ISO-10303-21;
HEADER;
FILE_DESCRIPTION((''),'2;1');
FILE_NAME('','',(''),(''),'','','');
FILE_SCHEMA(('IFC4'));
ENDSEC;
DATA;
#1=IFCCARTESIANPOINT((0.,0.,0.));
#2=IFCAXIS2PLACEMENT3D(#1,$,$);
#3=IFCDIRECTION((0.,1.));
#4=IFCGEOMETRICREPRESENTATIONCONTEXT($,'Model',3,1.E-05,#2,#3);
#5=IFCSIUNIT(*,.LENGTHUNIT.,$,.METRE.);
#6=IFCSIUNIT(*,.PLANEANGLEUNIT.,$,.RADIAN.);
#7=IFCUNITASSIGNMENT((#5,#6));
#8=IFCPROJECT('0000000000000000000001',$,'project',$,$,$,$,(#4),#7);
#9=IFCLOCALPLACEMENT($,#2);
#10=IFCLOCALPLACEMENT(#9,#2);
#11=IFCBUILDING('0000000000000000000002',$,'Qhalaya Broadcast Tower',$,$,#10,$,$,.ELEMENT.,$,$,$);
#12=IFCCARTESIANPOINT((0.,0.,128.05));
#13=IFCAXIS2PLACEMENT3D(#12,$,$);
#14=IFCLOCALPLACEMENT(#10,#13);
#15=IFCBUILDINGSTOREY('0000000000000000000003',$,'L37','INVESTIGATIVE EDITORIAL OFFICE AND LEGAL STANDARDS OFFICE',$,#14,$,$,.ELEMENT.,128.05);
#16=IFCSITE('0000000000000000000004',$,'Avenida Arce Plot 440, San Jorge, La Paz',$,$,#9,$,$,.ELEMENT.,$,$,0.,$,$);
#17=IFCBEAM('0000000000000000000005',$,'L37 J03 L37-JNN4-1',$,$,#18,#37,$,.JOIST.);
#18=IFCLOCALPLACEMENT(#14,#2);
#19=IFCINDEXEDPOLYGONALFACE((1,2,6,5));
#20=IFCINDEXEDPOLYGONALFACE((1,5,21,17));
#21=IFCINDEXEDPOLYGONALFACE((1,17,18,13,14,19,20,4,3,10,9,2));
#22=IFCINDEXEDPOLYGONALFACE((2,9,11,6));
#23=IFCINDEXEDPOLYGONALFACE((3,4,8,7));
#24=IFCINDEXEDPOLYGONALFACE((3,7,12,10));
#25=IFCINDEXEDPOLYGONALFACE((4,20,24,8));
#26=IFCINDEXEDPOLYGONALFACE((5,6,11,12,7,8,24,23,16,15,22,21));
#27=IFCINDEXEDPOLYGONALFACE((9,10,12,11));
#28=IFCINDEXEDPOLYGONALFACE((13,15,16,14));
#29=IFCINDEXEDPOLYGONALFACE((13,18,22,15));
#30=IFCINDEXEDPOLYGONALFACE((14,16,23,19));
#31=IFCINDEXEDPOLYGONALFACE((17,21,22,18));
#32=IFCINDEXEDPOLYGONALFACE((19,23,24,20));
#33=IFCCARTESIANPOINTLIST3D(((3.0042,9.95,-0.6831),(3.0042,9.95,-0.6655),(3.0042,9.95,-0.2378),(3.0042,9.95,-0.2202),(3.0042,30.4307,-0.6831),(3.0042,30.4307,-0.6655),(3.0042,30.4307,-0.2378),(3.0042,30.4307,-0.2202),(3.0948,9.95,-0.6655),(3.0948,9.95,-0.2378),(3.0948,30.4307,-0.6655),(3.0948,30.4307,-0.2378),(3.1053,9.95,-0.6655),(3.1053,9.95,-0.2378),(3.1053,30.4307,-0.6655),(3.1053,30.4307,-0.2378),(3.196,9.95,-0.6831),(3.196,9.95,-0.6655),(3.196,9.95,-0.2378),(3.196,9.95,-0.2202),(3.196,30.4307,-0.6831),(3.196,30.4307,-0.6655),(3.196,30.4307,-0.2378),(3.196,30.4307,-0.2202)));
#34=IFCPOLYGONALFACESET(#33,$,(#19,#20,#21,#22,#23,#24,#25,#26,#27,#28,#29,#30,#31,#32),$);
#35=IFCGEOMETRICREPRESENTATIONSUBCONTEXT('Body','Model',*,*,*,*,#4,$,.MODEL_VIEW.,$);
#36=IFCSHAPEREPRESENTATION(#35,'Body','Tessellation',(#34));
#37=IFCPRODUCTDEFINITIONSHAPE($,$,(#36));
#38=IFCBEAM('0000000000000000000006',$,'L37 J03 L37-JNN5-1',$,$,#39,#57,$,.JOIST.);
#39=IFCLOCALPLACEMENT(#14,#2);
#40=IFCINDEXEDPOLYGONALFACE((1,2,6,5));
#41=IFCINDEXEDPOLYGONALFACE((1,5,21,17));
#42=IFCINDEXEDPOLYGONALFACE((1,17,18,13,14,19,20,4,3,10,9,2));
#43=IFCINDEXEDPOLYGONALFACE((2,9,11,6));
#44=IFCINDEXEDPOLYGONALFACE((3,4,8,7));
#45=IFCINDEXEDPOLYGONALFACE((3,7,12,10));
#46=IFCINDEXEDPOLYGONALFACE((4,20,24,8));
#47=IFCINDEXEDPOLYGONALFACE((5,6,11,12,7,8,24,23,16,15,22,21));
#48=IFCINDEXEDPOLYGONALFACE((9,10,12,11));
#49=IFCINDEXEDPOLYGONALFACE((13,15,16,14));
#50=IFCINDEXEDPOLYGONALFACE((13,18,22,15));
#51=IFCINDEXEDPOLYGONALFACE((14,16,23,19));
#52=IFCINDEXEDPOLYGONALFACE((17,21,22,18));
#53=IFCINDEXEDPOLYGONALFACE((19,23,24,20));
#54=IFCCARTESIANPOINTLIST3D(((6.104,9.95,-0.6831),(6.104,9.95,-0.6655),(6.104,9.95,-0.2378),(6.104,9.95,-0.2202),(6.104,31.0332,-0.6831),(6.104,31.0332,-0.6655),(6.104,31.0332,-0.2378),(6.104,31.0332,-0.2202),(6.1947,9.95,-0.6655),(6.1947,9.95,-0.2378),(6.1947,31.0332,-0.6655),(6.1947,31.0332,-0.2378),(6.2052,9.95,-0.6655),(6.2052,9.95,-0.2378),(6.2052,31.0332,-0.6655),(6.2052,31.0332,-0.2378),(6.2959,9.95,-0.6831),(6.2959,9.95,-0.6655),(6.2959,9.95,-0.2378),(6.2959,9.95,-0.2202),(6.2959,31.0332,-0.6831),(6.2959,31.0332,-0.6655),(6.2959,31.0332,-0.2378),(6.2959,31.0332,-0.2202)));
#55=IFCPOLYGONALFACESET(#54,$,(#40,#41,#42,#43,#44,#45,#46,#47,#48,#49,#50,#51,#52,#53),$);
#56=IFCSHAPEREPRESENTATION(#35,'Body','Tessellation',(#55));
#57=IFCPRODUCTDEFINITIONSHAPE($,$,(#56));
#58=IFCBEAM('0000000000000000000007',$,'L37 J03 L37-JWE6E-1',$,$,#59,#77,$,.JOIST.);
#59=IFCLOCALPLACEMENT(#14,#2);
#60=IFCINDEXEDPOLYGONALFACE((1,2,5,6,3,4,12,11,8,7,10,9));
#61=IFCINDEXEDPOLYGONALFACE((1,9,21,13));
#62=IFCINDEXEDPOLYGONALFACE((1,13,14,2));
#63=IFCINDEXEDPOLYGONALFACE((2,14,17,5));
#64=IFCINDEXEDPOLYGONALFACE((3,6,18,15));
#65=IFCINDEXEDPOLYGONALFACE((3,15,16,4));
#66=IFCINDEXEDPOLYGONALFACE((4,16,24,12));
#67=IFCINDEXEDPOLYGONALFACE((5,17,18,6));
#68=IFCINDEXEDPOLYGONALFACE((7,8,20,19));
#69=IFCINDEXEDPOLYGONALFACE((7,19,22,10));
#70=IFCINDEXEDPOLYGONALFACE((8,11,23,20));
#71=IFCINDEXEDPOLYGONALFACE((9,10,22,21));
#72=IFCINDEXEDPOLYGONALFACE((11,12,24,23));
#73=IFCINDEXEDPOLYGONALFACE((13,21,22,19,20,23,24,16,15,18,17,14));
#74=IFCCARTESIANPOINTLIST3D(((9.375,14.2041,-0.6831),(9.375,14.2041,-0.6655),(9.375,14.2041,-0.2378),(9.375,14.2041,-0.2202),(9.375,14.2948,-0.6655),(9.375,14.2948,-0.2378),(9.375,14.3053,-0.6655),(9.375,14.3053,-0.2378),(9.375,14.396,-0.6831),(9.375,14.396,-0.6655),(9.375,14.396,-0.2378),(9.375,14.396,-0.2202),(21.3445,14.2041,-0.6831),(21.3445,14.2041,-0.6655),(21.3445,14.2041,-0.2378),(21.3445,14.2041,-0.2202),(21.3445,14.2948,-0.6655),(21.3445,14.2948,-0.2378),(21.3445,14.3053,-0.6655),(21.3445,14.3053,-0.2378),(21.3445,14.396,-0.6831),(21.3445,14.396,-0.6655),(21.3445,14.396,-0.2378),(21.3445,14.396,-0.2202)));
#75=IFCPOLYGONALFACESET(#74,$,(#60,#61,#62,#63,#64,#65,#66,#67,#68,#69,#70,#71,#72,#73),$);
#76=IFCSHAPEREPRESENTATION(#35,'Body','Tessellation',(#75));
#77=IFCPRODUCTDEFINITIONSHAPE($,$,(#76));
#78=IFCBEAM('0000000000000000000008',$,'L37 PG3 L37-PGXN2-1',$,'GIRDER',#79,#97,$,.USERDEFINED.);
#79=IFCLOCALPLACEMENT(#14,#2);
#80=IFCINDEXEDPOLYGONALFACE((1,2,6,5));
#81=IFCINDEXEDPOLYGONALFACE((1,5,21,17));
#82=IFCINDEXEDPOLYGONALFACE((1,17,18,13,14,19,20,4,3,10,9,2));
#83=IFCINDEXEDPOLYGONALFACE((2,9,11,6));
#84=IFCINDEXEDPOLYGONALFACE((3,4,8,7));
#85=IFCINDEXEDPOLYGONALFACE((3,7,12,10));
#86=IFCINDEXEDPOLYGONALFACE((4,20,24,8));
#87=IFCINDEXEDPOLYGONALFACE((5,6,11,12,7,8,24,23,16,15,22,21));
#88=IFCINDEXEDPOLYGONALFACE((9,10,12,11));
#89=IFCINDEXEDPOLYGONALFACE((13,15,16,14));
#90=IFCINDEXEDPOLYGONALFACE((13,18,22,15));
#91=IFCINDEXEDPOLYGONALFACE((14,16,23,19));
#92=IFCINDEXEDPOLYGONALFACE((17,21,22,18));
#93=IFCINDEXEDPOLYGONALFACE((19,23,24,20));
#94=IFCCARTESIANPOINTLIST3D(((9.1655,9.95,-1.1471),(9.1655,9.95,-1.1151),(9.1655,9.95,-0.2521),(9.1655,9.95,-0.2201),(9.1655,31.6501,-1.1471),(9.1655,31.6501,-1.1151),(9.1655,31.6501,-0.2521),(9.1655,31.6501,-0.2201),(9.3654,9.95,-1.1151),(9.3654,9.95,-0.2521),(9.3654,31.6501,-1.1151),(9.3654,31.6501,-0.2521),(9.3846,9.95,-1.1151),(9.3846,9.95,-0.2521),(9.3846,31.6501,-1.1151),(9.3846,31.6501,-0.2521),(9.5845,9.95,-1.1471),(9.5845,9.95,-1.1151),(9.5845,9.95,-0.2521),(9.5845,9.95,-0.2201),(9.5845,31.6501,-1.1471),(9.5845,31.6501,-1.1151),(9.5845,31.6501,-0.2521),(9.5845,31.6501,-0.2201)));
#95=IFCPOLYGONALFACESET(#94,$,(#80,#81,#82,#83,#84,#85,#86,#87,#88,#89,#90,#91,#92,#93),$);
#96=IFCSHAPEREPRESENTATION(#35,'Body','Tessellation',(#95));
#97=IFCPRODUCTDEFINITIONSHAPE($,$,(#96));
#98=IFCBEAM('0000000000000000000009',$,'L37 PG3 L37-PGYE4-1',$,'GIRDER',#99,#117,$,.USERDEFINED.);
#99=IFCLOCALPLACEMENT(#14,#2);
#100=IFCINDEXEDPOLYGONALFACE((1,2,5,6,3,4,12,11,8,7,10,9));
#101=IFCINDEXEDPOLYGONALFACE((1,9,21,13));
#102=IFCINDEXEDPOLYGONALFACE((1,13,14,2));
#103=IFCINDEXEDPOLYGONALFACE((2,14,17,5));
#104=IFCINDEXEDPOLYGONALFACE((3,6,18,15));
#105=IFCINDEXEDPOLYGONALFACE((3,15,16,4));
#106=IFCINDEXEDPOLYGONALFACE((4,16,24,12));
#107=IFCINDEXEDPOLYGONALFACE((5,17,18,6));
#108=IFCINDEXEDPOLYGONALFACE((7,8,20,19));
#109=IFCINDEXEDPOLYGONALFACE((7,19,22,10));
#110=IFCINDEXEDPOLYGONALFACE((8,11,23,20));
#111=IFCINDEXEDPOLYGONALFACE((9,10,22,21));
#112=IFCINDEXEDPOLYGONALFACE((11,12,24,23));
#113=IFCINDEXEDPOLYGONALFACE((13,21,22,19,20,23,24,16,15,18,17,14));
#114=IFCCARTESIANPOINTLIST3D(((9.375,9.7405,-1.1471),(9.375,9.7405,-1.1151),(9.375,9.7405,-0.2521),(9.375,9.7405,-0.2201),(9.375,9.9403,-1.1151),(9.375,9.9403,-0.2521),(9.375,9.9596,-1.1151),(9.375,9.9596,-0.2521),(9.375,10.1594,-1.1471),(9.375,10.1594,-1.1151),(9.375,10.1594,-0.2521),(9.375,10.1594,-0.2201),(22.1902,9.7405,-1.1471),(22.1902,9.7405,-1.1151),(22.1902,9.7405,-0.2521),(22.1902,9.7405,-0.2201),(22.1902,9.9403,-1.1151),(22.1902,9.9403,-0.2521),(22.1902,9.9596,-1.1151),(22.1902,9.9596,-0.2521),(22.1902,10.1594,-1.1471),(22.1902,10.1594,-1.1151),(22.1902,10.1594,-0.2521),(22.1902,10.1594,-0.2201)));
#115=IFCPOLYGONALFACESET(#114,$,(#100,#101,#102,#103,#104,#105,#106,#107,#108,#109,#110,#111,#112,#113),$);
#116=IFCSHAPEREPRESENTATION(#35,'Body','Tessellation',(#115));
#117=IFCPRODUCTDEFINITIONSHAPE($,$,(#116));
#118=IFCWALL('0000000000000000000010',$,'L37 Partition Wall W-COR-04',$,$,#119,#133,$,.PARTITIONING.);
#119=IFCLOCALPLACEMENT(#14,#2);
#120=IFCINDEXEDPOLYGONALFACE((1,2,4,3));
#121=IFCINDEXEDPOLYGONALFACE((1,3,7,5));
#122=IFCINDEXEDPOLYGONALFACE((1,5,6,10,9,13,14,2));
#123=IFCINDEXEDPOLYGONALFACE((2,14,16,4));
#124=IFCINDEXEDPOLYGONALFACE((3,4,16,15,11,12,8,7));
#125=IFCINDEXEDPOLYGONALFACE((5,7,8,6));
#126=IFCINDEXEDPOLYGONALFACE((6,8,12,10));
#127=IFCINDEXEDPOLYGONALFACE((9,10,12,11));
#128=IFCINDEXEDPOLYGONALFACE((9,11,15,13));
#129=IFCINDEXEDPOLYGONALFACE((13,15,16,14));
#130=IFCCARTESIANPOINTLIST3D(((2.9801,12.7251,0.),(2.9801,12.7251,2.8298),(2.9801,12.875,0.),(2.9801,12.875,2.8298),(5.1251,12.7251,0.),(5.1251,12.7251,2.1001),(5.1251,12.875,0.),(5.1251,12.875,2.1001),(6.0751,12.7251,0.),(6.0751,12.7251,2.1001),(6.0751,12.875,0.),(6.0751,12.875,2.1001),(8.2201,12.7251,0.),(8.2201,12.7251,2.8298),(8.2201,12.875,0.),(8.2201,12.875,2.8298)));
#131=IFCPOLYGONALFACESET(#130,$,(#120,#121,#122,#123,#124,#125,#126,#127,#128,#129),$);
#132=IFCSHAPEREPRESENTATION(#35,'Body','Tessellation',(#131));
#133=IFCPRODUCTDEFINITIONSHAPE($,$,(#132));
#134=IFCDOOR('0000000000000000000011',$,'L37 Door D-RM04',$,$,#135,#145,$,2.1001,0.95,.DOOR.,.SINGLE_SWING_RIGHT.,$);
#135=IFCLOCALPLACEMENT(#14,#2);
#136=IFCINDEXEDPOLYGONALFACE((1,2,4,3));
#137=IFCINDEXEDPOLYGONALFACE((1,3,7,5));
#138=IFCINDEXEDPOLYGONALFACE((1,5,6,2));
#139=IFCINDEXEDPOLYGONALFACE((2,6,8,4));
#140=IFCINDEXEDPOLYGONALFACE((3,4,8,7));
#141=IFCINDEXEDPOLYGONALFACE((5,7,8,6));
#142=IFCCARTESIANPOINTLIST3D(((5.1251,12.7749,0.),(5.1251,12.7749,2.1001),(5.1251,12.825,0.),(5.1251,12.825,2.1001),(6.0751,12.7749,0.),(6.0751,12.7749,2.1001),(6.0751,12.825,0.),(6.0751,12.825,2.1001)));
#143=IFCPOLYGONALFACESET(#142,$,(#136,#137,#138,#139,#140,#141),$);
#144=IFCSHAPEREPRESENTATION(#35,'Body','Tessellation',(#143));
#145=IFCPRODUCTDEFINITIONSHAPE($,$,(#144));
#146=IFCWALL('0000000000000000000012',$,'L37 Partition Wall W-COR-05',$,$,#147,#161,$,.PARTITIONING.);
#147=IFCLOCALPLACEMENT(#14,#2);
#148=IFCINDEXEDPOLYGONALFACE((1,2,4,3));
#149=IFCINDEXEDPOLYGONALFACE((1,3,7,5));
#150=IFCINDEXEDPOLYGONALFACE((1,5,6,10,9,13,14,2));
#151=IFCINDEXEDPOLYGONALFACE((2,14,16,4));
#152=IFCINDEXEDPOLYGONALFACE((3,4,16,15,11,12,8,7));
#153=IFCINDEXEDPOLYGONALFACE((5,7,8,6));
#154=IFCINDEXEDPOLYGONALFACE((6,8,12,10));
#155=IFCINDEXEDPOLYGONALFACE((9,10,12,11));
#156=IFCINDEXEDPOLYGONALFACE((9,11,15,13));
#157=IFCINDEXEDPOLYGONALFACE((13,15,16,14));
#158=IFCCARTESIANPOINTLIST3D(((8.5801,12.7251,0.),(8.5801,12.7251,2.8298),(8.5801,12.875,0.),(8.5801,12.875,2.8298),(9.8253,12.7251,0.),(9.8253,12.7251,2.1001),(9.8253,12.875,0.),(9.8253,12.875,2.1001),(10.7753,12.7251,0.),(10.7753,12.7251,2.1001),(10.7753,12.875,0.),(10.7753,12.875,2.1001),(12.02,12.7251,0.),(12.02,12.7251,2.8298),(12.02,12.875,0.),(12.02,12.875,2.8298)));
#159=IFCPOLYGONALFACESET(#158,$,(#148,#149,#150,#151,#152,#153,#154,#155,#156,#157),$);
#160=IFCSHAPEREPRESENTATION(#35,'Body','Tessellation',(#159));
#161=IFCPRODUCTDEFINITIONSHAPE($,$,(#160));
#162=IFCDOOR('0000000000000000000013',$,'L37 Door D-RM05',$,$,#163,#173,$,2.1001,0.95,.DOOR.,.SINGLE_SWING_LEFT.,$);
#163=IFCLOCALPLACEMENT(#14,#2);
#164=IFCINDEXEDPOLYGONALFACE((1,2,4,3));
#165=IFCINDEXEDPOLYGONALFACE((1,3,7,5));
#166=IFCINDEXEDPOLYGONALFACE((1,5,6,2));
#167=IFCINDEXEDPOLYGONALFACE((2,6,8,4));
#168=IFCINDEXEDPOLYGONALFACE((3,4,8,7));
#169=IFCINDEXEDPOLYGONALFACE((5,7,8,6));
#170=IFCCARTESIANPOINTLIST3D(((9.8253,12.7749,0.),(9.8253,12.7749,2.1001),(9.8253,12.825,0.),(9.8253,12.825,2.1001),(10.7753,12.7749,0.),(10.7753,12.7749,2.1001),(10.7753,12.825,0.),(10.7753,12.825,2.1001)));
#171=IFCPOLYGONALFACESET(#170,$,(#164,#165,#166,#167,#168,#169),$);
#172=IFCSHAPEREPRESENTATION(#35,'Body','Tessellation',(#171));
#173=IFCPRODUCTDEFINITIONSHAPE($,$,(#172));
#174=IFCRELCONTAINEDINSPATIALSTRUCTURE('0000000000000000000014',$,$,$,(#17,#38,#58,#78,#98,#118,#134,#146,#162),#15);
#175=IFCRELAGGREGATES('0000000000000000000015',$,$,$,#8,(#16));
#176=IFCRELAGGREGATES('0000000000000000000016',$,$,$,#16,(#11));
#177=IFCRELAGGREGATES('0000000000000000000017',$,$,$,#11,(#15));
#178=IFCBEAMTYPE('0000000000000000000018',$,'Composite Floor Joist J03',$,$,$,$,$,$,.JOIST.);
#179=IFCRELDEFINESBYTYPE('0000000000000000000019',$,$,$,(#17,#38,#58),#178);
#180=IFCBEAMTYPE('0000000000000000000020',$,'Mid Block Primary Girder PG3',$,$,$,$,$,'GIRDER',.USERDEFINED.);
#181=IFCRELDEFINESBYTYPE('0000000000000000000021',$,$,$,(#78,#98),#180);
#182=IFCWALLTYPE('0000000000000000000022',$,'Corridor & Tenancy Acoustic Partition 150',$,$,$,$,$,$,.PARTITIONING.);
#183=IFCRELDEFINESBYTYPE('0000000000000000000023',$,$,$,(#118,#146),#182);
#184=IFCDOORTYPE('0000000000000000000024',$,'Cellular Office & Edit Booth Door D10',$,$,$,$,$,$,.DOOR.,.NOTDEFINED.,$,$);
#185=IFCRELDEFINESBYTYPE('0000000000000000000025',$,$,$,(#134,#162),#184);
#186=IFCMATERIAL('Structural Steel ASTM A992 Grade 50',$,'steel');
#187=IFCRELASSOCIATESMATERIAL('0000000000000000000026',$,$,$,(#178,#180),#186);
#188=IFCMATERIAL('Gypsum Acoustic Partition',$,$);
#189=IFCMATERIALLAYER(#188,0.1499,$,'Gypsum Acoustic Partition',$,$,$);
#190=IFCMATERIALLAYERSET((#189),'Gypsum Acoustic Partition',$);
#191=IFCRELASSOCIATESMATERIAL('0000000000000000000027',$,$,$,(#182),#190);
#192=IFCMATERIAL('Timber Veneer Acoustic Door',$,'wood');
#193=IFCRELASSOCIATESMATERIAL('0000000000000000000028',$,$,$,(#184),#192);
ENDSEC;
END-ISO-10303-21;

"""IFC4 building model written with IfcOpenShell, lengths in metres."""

from ifc_helpers import new_model, si_unit, direction, frame, frame_2d, origin, origin_2d, place, context, subcontext, project, spatial, rectangle, i_section, extrude, material, layer, layer_set, material_profile, profile_set, type_object, element, fill, save


model = new_model("IFC4")

# Units and contexts
model_context = context("Model", 3, precision=1e-05, world=origin(), true_north=direction((0.0, 1.0)))
body_context = subcontext(model_context, "Body", "Model", "MODEL_VIEW")
ifc_project = project(units=[si_unit("LENGTHUNIT", "METRE"), si_unit("PLANEANGLEUNIT", "RADIAN")], contexts=[model_context])

# Site, building, storey
site_placement = place(None, origin())
site = spatial("IfcSite", under=ifc_project, at=site_placement, Name="Avenida Arce Plot 440, San Jorge, La Paz", CompositionType="ELEMENT", RefElevation=0.0)
building_placement = place(site_placement, origin())
building = spatial("IfcBuilding", under=site, at=building_placement, Name="Qhalaya Broadcast Tower", CompositionType="ELEMENT")
storey_placement = place(building_placement, frame((0.0, 0.0, 128.05)))
storey = spatial("IfcBuildingStorey", under=building, at=storey_placement, Name="L37", Description="INVESTIGATIVE EDITORIAL OFFICE AND LEGAL STANDARDS OFFICE", CompositionType="ELEMENT", Elevation=128.05)

# Beams
ifc_material_1 = material(Name="Structural Steel ASTM A992 Grade 50", Category="steel")
ifc_material_profile_1 = material_profile(ifc_material_1, i_section(OverallWidth=0.1919, OverallDepth=0.4629, WebThickness=0.0105, FlangeThickness=0.0176, at=origin_2d()), Name="W18X60")
ifc_profile_set_1 = profile_set([ifc_material_profile_1], Name="Structural Steel ASTM A992 Grade 50")
beam_type_1 = type_object("IfcBeamType", Name="Composite Floor Joist J03", PredefinedType="JOIST", material=ifc_profile_set_1)
beam_1_placement = place(storey_placement, frame((3.1001, 9.95, -0.4517), z_axis=(0.0, 1.0, 0.0), x_axis=(-1.0, 0.0, 0.0)))
element("IfcBeam", 1, at=beam_1_placement, inside=storey, type_object=beam_type_1, Name="L37 J03 L37-JNN4-1", PredefinedType="JOIST", context=body_context, shape_type="SweptSolid", body=[
    extrude(i_section(OverallWidth=0.1919, OverallDepth=0.4629, WebThickness=0.0105, FlangeThickness=0.0176, at=origin_2d()), origin(), (0.0, 0.0, 1.0), 20.4807),
])
beam_2_placement = place(storey_placement, frame((6.2, 9.95, -0.4517), z_axis=(0.0, 1.0, 0.0), x_axis=(-1.0, 0.0, 0.0)))
element("IfcBeam", 2, at=beam_2_placement, inside=storey, type_object=beam_type_1, Name="L37 J03 L37-JNN5-1", PredefinedType="JOIST", context=body_context, shape_type="SweptSolid", body=[
    extrude(i_section(OverallWidth=0.1919, OverallDepth=0.4629, WebThickness=0.0105, FlangeThickness=0.0176, at=origin_2d()), origin(), (0.0, 0.0, 1.0), 21.0833),
])
beam_3_placement = place(storey_placement, frame((9.375, 14.3, -0.4517), z_axis=(1.0, 0.0, 0.0), x_axis=(0.0, 1.0, 0.0)))
element("IfcBeam", 3, at=beam_3_placement, inside=storey, type_object=beam_type_1, Name="L37 J03 L37-JWE6E-1", PredefinedType="JOIST", context=body_context, shape_type="SweptSolid", body=[
    extrude(i_section(OverallWidth=0.1919, OverallDepth=0.4629, WebThickness=0.0105, FlangeThickness=0.0176, at=origin_2d()), origin(), (0.0, 0.0, 1.0), 11.9695),
])
ifc_material_profile_2 = material_profile(ifc_material_1, i_section(OverallWidth=0.4189, OverallDepth=0.927, WebThickness=0.0193, FlangeThickness=0.032, at=origin_2d()), Name="W36X231")
ifc_profile_set_2 = profile_set([ifc_material_profile_2], Name="Structural Steel ASTM A992 Grade 50")
beam_type_2 = type_object("IfcBeamType", Name="Mid Block Primary Girder PG3", ElementType="GIRDER", PredefinedType="USERDEFINED", material=ifc_profile_set_2)
beam_4_placement = place(storey_placement, frame((9.375, 9.95, -0.6836), z_axis=(0.0, 1.0, 0.0), x_axis=(-1.0, 0.0, 0.0)))
element("IfcBeam", 4, at=beam_4_placement, inside=storey, type_object=beam_type_2, Name="L37 PG3 L37-PGXN2-1", ObjectType="GIRDER", PredefinedType="USERDEFINED", context=body_context, shape_type="SweptSolid", body=[
    extrude(i_section(OverallWidth=0.4189, OverallDepth=0.927, WebThickness=0.0193, FlangeThickness=0.032, at=origin_2d()), origin(), (0.0, 0.0, 1.0), 21.7002),
])
beam_5_placement = place(storey_placement, frame((9.375, 9.95, -0.6836), z_axis=(1.0, 0.0, 0.0), x_axis=(0.0, 1.0, 0.0)))
element("IfcBeam", 5, at=beam_5_placement, inside=storey, type_object=beam_type_2, Name="L37 PG3 L37-PGYE4-1", ObjectType="GIRDER", PredefinedType="USERDEFINED", context=body_context, shape_type="SweptSolid", body=[
    extrude(i_section(OverallWidth=0.4189, OverallDepth=0.927, WebThickness=0.0193, FlangeThickness=0.032, at=origin_2d()), origin(), (0.0, 0.0, 1.0), 12.8152),
])

# Walls, openings, doors
ifc_material_2 = material(Name="Gypsum Acoustic Partition")
ifc_layer_1 = layer(ifc_material_2, 0.1499, Name="Gypsum Acoustic Partition")
ifc_layer_set_1 = layer_set([ifc_layer_1], Name="Gypsum Acoustic Partition")
wall_type_1 = type_object("IfcWallType", Name="Corridor & Tenancy Acoustic Partition 150", PredefinedType="PARTITIONING", material=ifc_layer_set_1)
wall_1_placement = place(storey_placement, frame((2.98, 12.8, 0.0), z_axis=(0.0, 0.0, 1.0), x_axis=(1.0, 0.0, 0.0)))
wall_1 = element("IfcWall", 6, at=wall_1_placement, inside=storey, type_object=wall_type_1, Name="L37 Partition Wall W-COR-04", PredefinedType="PARTITIONING", context=body_context, shape_type="SweptSolid", body=[
    extrude(rectangle(XDim=5.24, YDim=0.1499, at=frame_2d((2.6201, 0.0))), origin(), (0.0, 0.0, 1.0), 2.8298),
])
opening_1_placement = place(wall_1_placement, frame((2.145, 0.0, 0.0)))
opening_1 = element("IfcOpeningElement", 7, at=opening_1_placement, cuts=wall_1, PredefinedType="OPENING", context=body_context, shape_type="SweptSolid", body=[
    extrude(rectangle(XDim=0.95, YDim=2.1001, at=frame_2d((0.4751, 1.05))), frame((0.0, 0.0869, 0.0), z_axis=(0.0, -1.0, 0.0), x_axis=(1.0, 0.0, 0.0)), (0.0, 0.0, 1.0), 0.1738),
])
ifc_material_3 = material(Name="Timber Veneer Acoustic Door", Category="wood")
door_type = type_object("IfcDoorType", Name="Cellular Office & Edit Booth Door D10", OperationType="NOTDEFINED", PredefinedType="DOOR", material=ifc_material_3)
door_1_placement = place(opening_1_placement, origin())
door_1 = element("IfcDoor", 8, at=door_1_placement, inside=storey, type_object=door_type, Name="L37 Door D-RM04", OperationType="SINGLE_SWING_RIGHT", OverallHeight=2.1001, OverallWidth=0.95, PredefinedType="DOOR", context=body_context, shape_type="SweptSolid", body=[
    extrude(rectangle(XDim=0.95, YDim=2.1001, at=frame_2d((0.4751, 1.05))), frame((0.0, 0.0249, 0.0), z_axis=(0.0, -1.0, 0.0), x_axis=(1.0, 0.0, 0.0)), (0.0, 0.0, 1.0), 0.05),
])
fill(opening_1, door_1)
wall_2_placement = place(storey_placement, frame((8.5801, 12.8, 0.0), z_axis=(0.0, 0.0, 1.0), x_axis=(1.0, 0.0, 0.0)))
wall_2 = element("IfcWall", 9, at=wall_2_placement, inside=storey, type_object=wall_type_1, Name="L37 Partition Wall W-COR-05", PredefinedType="PARTITIONING", context=body_context, shape_type="SweptSolid", body=[
    extrude(rectangle(XDim=3.4399, YDim=0.1499, at=frame_2d((1.72, 0.0))), origin(), (0.0, 0.0, 1.0), 2.8298),
])
opening_2_placement = place(wall_2_placement, frame((1.2451, 0.0, 0.0)))
opening_2 = element("IfcOpeningElement", 10, at=opening_2_placement, cuts=wall_2, PredefinedType="OPENING", context=body_context, shape_type="SweptSolid", body=[
    extrude(rectangle(XDim=0.95, YDim=2.1001, at=frame_2d((0.4751, 1.05))), frame((0.0, 0.0869, 0.0), z_axis=(0.0, -1.0, 0.0), x_axis=(1.0, 0.0, 0.0)), (0.0, 0.0, 1.0), 0.1738),
])
door_2_placement = place(opening_2_placement, origin())
door_2 = element("IfcDoor", 11, at=door_2_placement, inside=storey, type_object=door_type, Name="L37 Door D-RM05", OperationType="SINGLE_SWING_LEFT", OverallHeight=2.1001, OverallWidth=0.95, PredefinedType="DOOR", context=body_context, shape_type="SweptSolid", body=[
    extrude(rectangle(XDim=0.95, YDim=2.1001, at=frame_2d((0.4751, 1.05))), frame((0.0, 0.0249, 0.0), z_axis=(0.0, -1.0, 0.0), x_axis=(1.0, 0.0, 0.0)), (0.0, 0.0, 1.0), 0.05),
])
fill(opening_2, door_2)

save(model, "model.ifc")
